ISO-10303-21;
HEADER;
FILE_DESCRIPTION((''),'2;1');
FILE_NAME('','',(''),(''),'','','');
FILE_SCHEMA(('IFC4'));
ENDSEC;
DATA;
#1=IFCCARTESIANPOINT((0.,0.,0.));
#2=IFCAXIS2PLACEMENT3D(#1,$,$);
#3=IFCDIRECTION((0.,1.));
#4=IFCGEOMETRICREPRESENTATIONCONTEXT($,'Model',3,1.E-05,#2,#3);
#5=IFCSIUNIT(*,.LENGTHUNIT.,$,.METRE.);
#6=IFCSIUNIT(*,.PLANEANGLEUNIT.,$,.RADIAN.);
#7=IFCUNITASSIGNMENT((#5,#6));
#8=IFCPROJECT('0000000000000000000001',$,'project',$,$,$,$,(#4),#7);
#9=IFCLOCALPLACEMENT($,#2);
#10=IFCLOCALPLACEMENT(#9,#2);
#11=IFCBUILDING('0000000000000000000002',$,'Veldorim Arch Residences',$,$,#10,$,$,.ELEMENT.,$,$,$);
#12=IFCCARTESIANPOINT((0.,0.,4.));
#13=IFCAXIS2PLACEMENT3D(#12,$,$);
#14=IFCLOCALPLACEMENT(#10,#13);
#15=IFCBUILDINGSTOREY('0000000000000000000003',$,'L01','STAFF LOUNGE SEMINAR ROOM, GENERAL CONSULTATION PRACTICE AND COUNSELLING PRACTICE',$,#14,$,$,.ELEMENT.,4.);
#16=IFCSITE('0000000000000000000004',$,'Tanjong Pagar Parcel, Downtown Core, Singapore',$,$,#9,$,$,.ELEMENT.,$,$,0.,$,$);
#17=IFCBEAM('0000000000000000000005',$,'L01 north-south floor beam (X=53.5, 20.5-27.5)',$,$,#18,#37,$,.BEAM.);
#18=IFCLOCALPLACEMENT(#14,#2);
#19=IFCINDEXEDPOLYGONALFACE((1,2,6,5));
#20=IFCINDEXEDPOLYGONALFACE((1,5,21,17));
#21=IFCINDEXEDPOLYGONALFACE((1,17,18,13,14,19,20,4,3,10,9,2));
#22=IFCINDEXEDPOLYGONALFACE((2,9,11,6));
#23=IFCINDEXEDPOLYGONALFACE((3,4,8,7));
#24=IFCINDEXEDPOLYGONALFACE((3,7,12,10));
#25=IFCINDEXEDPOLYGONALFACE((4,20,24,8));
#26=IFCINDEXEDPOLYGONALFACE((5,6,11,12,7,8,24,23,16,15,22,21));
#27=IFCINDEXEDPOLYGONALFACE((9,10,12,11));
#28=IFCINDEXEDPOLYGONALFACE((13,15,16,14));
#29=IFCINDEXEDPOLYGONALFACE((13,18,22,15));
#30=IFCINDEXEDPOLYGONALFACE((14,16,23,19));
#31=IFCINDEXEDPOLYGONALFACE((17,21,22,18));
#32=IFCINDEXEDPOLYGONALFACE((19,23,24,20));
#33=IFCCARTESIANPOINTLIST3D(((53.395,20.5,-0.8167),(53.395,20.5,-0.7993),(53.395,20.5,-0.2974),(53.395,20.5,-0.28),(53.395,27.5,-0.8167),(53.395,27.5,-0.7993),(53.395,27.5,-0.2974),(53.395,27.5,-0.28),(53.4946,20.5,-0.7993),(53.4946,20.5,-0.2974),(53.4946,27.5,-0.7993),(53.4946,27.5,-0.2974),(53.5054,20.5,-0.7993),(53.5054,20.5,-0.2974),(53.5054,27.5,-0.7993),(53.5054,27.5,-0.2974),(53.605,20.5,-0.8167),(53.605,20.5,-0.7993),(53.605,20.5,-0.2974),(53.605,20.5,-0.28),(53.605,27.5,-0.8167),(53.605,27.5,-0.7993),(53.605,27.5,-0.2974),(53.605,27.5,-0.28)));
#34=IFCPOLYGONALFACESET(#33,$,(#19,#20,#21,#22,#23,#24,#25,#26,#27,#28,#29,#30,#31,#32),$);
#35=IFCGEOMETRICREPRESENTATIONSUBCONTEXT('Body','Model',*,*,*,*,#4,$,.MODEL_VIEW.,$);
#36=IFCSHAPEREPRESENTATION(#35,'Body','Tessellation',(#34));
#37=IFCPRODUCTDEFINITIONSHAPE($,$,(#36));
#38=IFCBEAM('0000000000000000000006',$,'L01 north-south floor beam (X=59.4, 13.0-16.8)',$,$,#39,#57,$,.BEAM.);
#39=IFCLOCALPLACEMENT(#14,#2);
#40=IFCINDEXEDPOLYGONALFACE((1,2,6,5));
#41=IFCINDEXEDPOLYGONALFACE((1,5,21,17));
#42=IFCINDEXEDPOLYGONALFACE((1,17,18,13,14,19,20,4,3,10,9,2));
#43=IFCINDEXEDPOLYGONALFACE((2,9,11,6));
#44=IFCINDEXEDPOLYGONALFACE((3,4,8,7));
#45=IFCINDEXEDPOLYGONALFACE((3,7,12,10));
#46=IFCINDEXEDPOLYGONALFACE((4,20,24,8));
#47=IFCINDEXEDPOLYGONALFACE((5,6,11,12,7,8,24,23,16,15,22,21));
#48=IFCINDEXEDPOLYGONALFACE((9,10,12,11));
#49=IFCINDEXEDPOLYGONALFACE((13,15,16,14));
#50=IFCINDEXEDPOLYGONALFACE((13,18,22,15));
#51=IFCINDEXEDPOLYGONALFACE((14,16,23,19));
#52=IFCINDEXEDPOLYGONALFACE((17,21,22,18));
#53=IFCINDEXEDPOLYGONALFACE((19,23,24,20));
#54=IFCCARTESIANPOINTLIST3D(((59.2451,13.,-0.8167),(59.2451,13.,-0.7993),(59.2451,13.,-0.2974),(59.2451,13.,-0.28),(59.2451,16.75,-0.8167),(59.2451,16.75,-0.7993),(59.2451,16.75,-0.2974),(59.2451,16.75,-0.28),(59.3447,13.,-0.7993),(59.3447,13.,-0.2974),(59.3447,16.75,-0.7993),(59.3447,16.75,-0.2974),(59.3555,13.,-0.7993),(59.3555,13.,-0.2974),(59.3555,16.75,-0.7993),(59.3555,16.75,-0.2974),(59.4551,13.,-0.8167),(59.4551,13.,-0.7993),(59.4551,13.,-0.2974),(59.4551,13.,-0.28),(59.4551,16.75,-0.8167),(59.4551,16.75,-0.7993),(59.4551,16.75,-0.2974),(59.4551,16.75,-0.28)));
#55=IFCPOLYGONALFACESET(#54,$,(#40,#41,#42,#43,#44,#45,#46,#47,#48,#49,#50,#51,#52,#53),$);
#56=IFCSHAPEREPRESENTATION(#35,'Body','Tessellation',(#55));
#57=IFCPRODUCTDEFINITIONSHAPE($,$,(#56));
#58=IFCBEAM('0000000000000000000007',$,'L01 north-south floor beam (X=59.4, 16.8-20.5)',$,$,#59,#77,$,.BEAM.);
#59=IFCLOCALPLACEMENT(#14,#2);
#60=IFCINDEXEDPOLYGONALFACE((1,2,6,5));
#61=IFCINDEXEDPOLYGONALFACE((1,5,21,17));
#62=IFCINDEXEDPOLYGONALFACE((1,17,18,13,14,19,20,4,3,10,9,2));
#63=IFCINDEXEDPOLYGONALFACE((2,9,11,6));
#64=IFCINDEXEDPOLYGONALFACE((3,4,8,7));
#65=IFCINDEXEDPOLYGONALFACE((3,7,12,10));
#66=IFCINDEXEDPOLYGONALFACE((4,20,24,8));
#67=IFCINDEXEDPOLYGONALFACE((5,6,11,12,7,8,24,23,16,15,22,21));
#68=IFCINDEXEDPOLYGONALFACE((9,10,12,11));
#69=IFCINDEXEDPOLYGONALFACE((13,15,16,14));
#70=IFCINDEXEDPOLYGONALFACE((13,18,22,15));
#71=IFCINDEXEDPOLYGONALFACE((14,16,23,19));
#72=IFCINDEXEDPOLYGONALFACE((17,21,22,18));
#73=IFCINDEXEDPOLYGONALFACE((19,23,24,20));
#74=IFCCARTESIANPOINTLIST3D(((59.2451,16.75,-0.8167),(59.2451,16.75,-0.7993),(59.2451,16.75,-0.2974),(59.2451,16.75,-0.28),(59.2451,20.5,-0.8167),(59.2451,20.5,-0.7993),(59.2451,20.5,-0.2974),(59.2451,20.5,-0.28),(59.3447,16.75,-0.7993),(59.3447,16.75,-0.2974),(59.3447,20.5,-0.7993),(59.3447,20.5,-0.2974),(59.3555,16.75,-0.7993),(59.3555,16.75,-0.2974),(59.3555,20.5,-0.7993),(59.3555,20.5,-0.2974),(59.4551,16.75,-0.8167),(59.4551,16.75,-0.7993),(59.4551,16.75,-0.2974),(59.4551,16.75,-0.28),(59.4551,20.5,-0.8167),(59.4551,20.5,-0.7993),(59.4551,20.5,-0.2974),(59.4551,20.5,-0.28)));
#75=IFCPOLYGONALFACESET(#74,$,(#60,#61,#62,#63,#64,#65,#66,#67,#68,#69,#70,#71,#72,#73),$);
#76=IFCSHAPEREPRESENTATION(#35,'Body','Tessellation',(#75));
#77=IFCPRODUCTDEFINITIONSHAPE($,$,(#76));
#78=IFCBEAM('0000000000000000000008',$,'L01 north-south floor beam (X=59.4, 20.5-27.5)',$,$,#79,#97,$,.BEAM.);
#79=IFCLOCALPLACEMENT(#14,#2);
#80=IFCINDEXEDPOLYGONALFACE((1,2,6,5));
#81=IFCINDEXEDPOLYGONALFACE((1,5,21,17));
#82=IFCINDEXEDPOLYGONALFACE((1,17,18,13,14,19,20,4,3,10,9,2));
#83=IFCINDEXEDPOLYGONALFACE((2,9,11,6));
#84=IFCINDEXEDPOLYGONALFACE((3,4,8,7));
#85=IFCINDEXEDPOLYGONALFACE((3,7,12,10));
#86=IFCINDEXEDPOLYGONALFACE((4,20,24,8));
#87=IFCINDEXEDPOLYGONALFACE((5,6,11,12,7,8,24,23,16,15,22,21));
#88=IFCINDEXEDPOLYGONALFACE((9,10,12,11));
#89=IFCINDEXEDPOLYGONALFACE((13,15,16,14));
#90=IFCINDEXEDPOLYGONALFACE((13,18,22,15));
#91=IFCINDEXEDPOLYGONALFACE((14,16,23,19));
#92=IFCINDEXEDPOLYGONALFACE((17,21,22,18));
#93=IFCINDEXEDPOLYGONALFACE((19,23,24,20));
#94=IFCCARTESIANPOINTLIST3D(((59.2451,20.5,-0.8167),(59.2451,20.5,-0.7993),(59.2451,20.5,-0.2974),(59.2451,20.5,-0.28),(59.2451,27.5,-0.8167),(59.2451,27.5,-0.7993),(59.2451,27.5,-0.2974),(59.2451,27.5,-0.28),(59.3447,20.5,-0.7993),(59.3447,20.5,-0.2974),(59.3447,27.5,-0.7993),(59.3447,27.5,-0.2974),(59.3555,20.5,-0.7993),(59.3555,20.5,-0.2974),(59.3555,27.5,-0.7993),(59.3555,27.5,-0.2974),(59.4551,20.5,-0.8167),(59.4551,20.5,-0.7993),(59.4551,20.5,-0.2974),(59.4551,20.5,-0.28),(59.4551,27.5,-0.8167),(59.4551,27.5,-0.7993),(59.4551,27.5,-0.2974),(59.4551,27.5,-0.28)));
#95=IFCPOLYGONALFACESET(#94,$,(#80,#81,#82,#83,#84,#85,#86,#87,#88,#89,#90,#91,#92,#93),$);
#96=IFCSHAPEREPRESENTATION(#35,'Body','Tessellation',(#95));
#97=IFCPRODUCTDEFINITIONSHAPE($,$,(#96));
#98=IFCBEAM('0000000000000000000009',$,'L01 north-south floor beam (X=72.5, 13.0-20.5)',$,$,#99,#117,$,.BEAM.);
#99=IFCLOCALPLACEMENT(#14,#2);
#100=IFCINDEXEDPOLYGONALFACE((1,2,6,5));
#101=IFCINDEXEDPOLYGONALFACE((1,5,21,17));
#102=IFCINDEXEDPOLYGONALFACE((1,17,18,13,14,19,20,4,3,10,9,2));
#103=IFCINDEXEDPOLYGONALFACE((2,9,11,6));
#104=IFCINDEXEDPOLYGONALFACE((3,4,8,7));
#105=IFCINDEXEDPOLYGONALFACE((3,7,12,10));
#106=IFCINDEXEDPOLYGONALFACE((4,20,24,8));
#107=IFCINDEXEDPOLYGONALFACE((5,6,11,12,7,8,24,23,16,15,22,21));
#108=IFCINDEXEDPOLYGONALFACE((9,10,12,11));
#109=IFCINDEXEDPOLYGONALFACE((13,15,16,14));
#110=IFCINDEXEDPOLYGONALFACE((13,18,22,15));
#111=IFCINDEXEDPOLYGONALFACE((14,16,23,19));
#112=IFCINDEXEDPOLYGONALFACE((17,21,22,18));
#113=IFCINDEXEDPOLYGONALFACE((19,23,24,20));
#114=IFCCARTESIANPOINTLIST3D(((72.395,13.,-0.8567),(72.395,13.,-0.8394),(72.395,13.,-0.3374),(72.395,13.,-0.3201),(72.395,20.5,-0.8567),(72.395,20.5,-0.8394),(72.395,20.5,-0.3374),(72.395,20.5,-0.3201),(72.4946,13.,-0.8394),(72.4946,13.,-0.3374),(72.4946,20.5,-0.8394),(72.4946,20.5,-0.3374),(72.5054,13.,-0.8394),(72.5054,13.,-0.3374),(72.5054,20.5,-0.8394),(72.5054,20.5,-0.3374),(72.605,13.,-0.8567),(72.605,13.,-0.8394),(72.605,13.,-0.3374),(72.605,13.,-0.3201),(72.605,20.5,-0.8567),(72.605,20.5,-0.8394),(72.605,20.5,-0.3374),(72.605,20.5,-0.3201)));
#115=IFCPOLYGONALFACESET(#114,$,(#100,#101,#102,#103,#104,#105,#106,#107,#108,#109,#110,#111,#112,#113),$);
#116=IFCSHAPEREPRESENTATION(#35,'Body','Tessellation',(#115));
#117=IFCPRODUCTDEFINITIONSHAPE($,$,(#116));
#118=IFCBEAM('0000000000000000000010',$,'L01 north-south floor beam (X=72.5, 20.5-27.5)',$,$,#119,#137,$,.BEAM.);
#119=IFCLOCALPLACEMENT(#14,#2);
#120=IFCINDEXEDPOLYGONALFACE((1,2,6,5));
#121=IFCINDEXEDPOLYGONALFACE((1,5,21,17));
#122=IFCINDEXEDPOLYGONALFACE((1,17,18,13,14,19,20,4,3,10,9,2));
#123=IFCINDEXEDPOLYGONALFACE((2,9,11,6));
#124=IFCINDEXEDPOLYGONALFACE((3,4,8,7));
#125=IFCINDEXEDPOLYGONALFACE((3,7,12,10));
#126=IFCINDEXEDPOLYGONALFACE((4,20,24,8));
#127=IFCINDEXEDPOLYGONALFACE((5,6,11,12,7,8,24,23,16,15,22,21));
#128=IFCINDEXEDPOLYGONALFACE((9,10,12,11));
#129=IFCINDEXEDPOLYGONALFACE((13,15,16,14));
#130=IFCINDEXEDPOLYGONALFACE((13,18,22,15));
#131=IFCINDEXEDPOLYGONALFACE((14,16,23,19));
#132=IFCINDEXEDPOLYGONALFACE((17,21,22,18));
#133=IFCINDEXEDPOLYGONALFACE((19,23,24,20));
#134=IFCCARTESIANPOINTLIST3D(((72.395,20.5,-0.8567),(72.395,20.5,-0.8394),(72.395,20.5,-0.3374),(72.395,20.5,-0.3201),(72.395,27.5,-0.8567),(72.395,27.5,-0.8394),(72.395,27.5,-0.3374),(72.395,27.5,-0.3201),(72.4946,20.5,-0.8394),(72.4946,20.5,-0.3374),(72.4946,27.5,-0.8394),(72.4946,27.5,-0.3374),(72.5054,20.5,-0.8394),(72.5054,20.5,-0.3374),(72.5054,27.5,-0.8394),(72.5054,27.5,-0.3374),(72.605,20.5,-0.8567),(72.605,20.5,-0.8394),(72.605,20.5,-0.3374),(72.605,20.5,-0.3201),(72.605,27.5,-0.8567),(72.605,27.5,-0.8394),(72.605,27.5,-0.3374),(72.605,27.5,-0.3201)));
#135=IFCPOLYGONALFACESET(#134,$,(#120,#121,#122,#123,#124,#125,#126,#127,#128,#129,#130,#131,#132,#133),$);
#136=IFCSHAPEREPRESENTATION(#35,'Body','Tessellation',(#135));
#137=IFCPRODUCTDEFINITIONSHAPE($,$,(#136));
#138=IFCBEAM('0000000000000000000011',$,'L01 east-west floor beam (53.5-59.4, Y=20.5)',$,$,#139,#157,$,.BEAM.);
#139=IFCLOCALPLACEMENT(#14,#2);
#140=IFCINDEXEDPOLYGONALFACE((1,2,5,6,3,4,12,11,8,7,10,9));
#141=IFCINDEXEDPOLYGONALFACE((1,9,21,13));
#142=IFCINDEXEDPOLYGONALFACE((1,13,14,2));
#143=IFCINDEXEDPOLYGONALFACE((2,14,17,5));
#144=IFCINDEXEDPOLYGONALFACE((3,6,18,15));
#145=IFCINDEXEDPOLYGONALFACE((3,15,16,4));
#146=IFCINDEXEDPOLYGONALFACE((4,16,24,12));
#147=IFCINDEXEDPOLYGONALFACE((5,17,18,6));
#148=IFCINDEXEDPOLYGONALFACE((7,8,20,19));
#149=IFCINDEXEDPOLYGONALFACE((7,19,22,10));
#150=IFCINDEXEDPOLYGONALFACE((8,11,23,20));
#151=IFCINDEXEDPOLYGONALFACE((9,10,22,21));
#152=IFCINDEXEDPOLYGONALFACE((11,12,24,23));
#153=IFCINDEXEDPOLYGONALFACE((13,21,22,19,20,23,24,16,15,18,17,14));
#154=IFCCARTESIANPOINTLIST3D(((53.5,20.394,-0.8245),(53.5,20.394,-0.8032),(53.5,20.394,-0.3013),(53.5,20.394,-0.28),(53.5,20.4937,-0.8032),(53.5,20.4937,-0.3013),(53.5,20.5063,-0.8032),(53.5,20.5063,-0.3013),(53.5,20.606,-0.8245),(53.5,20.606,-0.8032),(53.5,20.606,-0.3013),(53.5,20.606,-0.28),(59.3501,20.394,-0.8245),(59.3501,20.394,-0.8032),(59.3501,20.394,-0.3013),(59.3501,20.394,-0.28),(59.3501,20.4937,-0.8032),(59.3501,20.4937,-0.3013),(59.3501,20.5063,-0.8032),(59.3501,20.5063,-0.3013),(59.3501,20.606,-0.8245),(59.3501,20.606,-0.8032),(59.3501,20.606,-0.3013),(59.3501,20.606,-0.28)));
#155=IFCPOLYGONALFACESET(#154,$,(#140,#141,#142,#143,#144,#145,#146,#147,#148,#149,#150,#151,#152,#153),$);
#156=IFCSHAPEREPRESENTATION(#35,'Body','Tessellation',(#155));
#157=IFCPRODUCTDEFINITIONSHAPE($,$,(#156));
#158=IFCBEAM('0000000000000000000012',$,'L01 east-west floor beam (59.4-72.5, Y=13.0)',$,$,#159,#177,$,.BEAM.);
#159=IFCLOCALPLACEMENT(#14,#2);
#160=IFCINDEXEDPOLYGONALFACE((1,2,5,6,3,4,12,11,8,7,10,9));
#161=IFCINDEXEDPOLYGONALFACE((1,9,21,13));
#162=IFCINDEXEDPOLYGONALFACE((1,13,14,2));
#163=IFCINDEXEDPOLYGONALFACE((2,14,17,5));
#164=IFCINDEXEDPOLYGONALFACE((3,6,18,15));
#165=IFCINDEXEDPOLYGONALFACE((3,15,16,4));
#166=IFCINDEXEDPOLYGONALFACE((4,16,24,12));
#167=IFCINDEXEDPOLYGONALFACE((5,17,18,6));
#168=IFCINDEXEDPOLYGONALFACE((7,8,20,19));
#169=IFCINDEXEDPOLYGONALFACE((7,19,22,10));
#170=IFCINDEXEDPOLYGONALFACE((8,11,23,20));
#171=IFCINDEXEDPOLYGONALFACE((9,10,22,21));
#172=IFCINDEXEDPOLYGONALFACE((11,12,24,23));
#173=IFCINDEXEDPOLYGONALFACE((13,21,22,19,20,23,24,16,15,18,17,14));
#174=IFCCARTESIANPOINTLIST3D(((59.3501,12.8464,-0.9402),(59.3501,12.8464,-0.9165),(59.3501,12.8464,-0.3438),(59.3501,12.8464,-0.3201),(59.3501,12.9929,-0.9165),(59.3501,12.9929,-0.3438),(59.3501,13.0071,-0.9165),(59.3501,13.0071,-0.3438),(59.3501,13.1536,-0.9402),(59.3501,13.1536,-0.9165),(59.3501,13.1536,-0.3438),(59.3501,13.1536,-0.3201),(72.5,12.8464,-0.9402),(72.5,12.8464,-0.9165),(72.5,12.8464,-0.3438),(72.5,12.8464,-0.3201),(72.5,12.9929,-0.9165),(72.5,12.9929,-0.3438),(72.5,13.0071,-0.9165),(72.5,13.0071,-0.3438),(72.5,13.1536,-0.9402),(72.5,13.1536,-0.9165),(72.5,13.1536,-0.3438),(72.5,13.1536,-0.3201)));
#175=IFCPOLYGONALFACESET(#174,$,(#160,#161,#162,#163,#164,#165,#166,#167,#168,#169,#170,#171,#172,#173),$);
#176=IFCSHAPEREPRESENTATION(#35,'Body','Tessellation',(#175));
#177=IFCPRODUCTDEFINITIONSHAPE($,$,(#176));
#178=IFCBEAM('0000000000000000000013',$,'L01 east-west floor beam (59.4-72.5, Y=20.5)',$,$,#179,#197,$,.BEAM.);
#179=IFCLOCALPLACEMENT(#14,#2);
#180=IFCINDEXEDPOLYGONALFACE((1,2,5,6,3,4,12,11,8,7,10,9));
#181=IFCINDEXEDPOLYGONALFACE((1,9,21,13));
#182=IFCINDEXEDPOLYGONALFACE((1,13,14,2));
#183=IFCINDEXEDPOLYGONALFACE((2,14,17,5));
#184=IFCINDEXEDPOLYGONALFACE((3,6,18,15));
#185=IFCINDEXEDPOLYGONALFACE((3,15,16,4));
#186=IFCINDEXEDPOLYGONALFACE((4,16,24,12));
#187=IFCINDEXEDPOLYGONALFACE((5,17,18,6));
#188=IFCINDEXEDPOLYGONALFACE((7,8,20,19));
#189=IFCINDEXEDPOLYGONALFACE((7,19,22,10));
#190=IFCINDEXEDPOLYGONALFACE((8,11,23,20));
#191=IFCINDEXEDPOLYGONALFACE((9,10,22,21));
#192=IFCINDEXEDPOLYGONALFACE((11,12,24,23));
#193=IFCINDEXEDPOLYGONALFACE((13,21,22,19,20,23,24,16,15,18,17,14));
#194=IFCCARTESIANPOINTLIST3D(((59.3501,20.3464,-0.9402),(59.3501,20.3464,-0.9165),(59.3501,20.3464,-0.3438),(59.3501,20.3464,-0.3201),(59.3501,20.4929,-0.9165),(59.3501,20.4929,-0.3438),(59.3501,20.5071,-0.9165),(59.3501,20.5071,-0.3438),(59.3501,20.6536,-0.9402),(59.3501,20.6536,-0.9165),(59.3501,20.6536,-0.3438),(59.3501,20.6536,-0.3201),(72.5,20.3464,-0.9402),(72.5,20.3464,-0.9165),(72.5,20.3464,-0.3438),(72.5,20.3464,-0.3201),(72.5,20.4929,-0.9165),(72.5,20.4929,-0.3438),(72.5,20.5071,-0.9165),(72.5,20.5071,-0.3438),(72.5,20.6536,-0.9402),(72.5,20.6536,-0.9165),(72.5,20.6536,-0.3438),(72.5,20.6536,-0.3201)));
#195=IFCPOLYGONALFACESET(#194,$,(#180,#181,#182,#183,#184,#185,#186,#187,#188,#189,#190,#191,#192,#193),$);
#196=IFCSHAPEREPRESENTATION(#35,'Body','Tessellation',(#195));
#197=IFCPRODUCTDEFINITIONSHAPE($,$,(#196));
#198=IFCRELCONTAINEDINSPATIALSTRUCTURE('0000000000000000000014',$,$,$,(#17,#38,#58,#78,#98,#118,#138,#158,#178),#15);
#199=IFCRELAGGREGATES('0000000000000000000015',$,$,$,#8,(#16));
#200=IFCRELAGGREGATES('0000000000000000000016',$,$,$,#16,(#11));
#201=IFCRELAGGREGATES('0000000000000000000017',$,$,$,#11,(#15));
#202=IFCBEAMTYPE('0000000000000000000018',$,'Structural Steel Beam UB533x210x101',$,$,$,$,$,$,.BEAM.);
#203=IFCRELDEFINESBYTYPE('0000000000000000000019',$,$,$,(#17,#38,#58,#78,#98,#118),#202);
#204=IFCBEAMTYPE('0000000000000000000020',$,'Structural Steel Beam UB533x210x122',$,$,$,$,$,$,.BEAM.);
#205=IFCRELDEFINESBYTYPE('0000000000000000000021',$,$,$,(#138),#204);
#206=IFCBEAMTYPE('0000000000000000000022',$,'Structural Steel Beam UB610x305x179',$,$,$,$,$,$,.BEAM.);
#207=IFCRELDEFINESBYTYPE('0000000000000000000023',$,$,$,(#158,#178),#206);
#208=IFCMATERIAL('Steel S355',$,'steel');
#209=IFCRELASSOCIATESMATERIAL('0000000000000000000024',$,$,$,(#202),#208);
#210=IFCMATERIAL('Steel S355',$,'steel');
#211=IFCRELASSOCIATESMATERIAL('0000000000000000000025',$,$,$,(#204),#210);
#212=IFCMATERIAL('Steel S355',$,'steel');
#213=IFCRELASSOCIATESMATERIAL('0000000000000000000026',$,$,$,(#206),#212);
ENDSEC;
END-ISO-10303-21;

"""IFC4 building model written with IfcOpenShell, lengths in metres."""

from ifc_helpers import new_model, si_unit, direction, frame, origin, origin_2d, place, context, subcontext, project, spatial, i_section, extrude, material, material_profile, profile_set, type_object, element, save


model = new_model("IFC4")

# Units and contexts
model_context = context("Model", 3, precision=1e-05, world=origin(), true_north=direction((0.0, 1.0)))
body_context = subcontext(model_context, "Body", "Model", "MODEL_VIEW")
ifc_project = project(units=[si_unit("LENGTHUNIT", "METRE"), si_unit("PLANEANGLEUNIT", "RADIAN")], contexts=[model_context])

# Site, building, storey
site_placement = place(None, origin())
site = spatial("IfcSite", under=ifc_project, at=site_placement, Name="Tanjong Pagar Parcel, Downtown Core, Singapore", CompositionType="ELEMENT", RefElevation=0.0)
building_placement = place(site_placement, origin())
building = spatial("IfcBuilding", under=site, at=building_placement, Name="Veldorim Arch Residences", CompositionType="ELEMENT")
storey_placement = place(building_placement, frame((0.0, 0.0, 4.0)))
storey = spatial("IfcBuildingStorey", under=building, at=storey_placement, Name="L01", Description="STAFF LOUNGE SEMINAR ROOM, GENERAL CONSULTATION PRACTICE AND COUNSELLING PRACTICE", CompositionType="ELEMENT", Elevation=4.0)

# Beams
ifc_material_1 = material(Name="Steel S355", Category="steel")
ifc_material_profile_1 = material_profile(ifc_material_1, i_section(OverallWidth=0.21, OverallDepth=0.5366, WebThickness=0.0107, FlangeThickness=0.0173, at=origin_2d()), Name="UB533x210x101")
ifc_profile_set_1 = profile_set([ifc_material_profile_1], Name="Steel S355")
beam_type_1 = type_object("IfcBeamType", Name="Structural Steel Beam UB533x210x101", PredefinedType="BEAM", material=ifc_profile_set_1)
beam_1_placement = place(storey_placement, frame((53.5, 20.5, -0.5483), z_axis=(0.0, 1.0, 0.0), x_axis=(-1.0, 0.0, 0.0)))
element("IfcBeam", 1, at=beam_1_placement, inside=storey, type_object=beam_type_1, Name="L01 north-south floor beam (X=53.5, 20.5-27.5)", PredefinedType="BEAM", context=body_context, shape_type="SweptSolid", body=[
    extrude(i_section(OverallWidth=0.21, OverallDepth=0.5366, WebThickness=0.0107, FlangeThickness=0.0173, at=origin_2d()), origin(), (0.0, 0.0, 1.0), 7.0),
])
for number, where, z_axis, x_axis, name in (
    (2, (59.3501, 13.0, -0.5483), (0.0, 1.0, 0.0), (-1.0, 0.0, 0.0), "L01 north-south floor beam (X=59.4, 13.0-16.8)"),
    (3, (59.3501, 16.75, -0.5483), (0.0, 1.0, 0.0), (-1.0, 0.0, 0.0), "L01 north-south floor beam (X=59.4, 16.8-20.5)"),
):
    element("IfcBeam", number, at=place(storey_placement, frame(where, z_axis=z_axis, x_axis=x_axis)), inside=storey, type_object=beam_type_1, Name=name, PredefinedType="BEAM", context=body_context, shape_type="SweptSolid", body=[
        extrude(i_section(OverallWidth=0.21, OverallDepth=0.5366, WebThickness=0.0107, FlangeThickness=0.0173, at=origin_2d()), origin(), (0.0, 0.0, 1.0), 3.75),
    ])
beam_2_placement = place(storey_placement, frame((59.3501, 20.5, -0.5483), z_axis=(0.0, 1.0, 0.0), x_axis=(-1.0, 0.0, 0.0)))
element("IfcBeam", 4, at=beam_2_placement, inside=storey, type_object=beam_type_1, Name="L01 north-south floor beam (X=59.4, 20.5-27.5)", PredefinedType="BEAM", context=body_context, shape_type="SweptSolid", body=[
    extrude(i_section(OverallWidth=0.21, OverallDepth=0.5366, WebThickness=0.0107, FlangeThickness=0.0173, at=origin_2d()), origin(), (0.0, 0.0, 1.0), 7.0),
])
beam_3_placement = place(storey_placement, frame((72.5, 13.0, -0.5884), z_axis=(0.0, 1.0, 0.0), x_axis=(-1.0, 0.0, 0.0)))
element("IfcBeam", 5, at=beam_3_placement, inside=storey, type_object=beam_type_1, Name="L01 north-south floor beam (X=72.5, 13.0-20.5)", PredefinedType="BEAM", context=body_context, shape_type="SweptSolid", body=[
    extrude(i_section(OverallWidth=0.21, OverallDepth=0.5366, WebThickness=0.0107, FlangeThickness=0.0173, at=origin_2d()), origin(), (0.0, 0.0, 1.0), 7.5),
])
beam_4_placement = place(storey_placement, frame((72.5, 20.5, -0.5884), z_axis=(0.0, 1.0, 0.0), x_axis=(-1.0, 0.0, 0.0)))
element("IfcBeam", 6, at=beam_4_placement, inside=storey, type_object=beam_type_1, Name="L01 north-south floor beam (X=72.5, 20.5-27.5)", PredefinedType="BEAM", context=body_context, shape_type="SweptSolid", body=[
    extrude(i_section(OverallWidth=0.21, OverallDepth=0.5366, WebThickness=0.0107, FlangeThickness=0.0173, at=origin_2d()), origin(), (0.0, 0.0, 1.0), 7.0),
])
ifc_material_2 = material(Name="Steel S355", Category="steel")
ifc_material_profile_2 = material_profile(ifc_material_2, i_section(OverallWidth=0.2119, OverallDepth=0.5444, WebThickness=0.0127, FlangeThickness=0.0212, at=origin_2d()), Name="UB533x210x122")
ifc_profile_set_2 = profile_set([ifc_material_profile_2], Name="Steel S355")
beam_type_2 = type_object("IfcBeamType", Name="Structural Steel Beam UB533x210x122", PredefinedType="BEAM", material=ifc_profile_set_2)
beam_5_placement = place(storey_placement, frame((53.5, 20.5, -0.5522), z_axis=(1.0, 0.0, 0.0), x_axis=(0.0, 1.0, 0.0)))
element("IfcBeam", 7, at=beam_5_placement, inside=storey, type_object=beam_type_2, Name="L01 east-west floor beam (53.5-59.4, Y=20.5)", PredefinedType="BEAM", context=body_context, shape_type="SweptSolid", body=[
    extrude(i_section(OverallWidth=0.2119, OverallDepth=0.5444, WebThickness=0.0127, FlangeThickness=0.0212, at=origin_2d()), origin(), (0.0, 0.0, 1.0), 5.8501),
])
ifc_material_3 = material(Name="Steel S355", Category="steel")
ifc_material_profile_3 = material_profile(ifc_material_3, i_section(OverallWidth=0.3071, OverallDepth=0.6201, WebThickness=0.0142, FlangeThickness=0.0237, at=origin_2d()), Name="UB610x305x179")
ifc_profile_set_3 = profile_set([ifc_material_profile_3], Name="Steel S355")
beam_type_3 = type_object("IfcBeamType", Name="Structural Steel Beam UB610x305x179", PredefinedType="BEAM", material=ifc_profile_set_3)
for number, where, z_axis, x_axis, name in (
    (8, (59.3501, 13.0, -0.6301), (1.0, 0.0, 0.0), (0.0, 1.0, 0.0), "L01 east-west floor beam (59.4-72.5, Y=13.0)"),
    (9, (59.3501, 20.5, -0.6301), (1.0, 0.0, 0.0), (0.0, 1.0, 0.0), "L01 east-west floor beam (59.4-72.5, Y=20.5)"),
):
    element("IfcBeam", number, at=place(storey_placement, frame(where, z_axis=z_axis, x_axis=x_axis)), inside=storey, type_object=beam_type_3, Name=name, PredefinedType="BEAM", context=body_context, shape_type="SweptSolid", body=[
        extrude(i_section(OverallWidth=0.3071, OverallDepth=0.6201, WebThickness=0.0142, FlangeThickness=0.0237, at=origin_2d()), origin(), (0.0, 0.0, 1.0), 13.1499),
    ])

save(model, "model.ifc")
